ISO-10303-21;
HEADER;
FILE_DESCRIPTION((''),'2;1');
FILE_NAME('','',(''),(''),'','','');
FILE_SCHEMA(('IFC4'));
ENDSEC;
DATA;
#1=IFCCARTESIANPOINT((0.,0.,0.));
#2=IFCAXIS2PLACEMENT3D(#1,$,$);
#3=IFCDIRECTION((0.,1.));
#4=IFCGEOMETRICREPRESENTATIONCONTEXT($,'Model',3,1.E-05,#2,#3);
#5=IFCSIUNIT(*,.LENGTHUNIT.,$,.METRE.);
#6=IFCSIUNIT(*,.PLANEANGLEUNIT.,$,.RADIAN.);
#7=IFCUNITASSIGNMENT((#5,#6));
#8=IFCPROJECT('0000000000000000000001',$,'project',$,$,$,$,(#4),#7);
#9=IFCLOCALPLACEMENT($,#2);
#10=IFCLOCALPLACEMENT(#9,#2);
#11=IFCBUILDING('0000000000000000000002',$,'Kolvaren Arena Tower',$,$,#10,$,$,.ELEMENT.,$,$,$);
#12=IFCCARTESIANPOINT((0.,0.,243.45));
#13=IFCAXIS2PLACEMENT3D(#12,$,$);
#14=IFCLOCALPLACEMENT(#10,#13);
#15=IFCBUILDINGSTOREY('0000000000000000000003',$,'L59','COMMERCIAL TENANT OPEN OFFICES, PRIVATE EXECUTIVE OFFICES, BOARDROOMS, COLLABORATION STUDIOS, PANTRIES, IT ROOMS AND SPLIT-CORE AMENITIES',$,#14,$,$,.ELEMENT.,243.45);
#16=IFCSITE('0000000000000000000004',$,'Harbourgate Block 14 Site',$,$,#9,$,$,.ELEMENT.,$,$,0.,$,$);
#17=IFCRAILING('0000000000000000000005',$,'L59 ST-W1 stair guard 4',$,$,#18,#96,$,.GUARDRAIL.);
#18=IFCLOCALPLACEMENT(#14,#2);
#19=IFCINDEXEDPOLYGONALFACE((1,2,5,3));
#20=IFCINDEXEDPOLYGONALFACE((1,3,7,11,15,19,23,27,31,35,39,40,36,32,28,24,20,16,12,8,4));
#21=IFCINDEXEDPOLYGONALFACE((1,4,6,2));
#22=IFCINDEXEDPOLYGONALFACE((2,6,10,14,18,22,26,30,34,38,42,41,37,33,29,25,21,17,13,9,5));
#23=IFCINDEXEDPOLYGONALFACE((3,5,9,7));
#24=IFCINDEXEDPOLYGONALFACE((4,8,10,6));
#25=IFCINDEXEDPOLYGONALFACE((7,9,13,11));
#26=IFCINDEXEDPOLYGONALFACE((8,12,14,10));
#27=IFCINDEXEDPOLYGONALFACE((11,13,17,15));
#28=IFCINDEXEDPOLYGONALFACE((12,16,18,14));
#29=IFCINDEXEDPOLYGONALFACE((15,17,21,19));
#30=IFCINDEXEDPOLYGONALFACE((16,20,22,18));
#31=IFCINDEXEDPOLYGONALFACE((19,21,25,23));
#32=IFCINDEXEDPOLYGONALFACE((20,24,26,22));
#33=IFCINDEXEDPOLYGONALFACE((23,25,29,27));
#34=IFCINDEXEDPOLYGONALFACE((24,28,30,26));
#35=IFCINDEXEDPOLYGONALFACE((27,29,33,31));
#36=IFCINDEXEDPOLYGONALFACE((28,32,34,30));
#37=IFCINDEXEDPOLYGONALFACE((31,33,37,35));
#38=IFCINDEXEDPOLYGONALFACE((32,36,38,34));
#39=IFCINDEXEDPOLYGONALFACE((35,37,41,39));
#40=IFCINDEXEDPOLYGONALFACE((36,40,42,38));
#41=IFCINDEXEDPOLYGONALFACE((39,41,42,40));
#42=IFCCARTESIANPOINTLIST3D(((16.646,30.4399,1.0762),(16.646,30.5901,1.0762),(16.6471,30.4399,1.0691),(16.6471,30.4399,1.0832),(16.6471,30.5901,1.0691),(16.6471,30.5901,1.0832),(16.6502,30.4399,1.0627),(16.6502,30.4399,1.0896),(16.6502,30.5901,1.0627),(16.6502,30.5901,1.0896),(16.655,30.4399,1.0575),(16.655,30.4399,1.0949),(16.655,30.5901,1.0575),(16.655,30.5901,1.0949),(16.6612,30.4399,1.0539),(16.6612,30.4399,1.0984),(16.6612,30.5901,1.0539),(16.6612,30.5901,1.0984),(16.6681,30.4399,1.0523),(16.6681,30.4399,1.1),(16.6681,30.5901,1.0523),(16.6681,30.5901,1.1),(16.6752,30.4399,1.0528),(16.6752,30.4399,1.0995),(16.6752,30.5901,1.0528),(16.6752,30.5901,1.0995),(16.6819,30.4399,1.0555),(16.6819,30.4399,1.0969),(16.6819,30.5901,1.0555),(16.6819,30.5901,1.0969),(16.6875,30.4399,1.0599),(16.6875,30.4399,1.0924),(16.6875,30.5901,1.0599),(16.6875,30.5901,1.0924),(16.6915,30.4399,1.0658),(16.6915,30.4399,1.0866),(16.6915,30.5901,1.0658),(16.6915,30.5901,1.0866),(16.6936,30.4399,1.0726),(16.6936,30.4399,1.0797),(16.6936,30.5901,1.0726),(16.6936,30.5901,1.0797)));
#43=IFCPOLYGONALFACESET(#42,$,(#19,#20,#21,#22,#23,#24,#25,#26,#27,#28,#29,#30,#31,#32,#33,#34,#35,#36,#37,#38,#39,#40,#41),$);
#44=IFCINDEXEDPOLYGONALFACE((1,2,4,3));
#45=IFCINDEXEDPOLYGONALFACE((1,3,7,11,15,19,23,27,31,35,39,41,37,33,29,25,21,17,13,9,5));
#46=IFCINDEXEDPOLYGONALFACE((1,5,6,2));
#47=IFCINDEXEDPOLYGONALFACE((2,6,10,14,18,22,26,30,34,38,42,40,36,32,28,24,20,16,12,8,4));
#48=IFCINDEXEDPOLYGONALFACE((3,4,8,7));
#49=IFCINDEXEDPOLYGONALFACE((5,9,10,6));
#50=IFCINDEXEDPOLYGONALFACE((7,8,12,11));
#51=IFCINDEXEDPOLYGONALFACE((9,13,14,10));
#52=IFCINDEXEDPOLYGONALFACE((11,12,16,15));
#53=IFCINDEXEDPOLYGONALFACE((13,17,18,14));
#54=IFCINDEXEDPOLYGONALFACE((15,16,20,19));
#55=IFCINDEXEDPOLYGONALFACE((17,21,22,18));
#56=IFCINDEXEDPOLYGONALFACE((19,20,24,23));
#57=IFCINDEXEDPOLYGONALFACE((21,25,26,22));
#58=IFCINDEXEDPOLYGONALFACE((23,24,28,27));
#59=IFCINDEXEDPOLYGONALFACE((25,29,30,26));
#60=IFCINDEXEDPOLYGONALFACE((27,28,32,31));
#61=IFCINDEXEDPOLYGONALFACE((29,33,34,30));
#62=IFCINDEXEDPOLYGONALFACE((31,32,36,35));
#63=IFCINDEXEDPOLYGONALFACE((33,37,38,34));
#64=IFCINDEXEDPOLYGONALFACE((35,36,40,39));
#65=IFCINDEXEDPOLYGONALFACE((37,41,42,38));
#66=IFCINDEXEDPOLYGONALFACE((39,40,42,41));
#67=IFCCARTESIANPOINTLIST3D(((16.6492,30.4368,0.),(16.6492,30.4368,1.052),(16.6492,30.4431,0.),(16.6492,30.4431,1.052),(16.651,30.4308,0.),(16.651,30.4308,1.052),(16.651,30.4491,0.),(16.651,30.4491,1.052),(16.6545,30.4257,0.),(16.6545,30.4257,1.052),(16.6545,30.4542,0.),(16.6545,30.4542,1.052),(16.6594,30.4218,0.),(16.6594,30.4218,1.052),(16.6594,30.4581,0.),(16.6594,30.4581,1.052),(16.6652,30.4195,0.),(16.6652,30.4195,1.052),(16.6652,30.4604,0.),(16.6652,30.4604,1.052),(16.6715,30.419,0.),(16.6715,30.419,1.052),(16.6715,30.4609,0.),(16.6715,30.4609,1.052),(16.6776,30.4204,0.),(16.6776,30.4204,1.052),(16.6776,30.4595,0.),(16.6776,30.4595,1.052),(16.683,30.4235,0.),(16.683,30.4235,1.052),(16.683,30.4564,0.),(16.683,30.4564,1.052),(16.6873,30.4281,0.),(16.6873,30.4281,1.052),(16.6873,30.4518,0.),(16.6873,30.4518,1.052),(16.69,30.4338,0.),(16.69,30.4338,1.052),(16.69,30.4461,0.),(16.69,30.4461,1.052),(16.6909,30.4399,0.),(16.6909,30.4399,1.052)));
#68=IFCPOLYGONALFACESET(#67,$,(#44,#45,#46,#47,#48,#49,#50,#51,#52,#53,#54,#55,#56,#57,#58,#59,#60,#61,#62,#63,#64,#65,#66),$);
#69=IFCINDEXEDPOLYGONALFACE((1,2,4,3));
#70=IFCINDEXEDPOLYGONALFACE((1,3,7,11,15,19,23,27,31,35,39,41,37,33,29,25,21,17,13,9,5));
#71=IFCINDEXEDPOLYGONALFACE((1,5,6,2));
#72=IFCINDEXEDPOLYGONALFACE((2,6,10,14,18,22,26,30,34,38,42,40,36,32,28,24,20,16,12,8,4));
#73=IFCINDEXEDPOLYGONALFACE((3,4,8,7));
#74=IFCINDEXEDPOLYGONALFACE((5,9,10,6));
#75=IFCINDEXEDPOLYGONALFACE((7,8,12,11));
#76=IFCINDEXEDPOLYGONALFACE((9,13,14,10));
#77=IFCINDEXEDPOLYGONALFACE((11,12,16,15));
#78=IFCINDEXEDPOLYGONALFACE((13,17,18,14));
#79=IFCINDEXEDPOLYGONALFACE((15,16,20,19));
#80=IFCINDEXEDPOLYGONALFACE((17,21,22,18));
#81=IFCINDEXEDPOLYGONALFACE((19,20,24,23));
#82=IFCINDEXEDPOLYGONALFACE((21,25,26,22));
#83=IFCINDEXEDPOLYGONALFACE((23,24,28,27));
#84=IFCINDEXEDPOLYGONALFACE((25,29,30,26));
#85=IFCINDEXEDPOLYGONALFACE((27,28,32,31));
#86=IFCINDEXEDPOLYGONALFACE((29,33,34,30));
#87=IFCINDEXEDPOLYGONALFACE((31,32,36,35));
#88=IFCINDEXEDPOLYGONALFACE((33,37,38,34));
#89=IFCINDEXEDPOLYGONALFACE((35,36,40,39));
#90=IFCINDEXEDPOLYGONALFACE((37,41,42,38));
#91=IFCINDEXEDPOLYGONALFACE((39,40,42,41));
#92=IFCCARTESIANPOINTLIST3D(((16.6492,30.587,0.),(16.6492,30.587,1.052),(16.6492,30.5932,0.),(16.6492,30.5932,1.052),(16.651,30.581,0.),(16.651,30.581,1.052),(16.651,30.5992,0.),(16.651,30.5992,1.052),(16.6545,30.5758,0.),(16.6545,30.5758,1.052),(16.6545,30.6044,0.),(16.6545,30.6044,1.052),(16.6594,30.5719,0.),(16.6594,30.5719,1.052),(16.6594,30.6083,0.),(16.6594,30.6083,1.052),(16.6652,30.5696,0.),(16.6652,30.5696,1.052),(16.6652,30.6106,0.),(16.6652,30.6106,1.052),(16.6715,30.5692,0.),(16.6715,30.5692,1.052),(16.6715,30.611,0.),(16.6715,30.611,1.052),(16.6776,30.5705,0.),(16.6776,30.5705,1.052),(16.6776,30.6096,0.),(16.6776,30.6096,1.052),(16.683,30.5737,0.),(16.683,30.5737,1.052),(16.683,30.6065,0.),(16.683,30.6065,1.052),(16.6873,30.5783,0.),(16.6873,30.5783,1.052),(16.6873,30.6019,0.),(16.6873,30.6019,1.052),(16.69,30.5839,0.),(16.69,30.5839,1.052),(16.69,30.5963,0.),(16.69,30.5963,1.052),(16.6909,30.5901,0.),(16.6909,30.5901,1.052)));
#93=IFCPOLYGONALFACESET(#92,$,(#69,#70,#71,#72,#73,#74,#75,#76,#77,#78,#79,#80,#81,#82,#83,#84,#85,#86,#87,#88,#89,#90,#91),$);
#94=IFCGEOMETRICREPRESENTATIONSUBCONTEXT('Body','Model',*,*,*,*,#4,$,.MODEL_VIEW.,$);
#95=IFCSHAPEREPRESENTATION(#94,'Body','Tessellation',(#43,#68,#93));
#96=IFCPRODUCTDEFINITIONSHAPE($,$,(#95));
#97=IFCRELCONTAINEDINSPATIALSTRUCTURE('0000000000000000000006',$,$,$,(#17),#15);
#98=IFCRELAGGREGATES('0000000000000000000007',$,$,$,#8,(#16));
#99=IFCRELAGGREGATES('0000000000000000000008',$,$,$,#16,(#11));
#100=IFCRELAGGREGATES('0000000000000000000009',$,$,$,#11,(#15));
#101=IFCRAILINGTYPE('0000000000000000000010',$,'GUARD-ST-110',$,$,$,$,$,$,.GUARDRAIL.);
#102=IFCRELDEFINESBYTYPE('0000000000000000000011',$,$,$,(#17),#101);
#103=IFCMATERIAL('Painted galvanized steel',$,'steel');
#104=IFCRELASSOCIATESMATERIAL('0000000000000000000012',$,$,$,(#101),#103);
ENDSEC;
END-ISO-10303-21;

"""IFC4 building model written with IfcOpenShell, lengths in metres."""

from ifc_helpers import new_model, si_unit, direction, frame, origin, origin_2d, place, context, subcontext, project, spatial, circle, extrude, material, type_object, element, save


model = new_model("IFC4")

# Units and contexts
model_context = context("Model", 3, precision=1e-05, world=origin(), true_north=direction((0.0, 1.0)))
body_context = subcontext(model_context, "Body", "Model", "MODEL_VIEW")
ifc_project = project(units=[si_unit("LENGTHUNIT", "METRE"), si_unit("PLANEANGLEUNIT", "RADIAN")], contexts=[model_context])

# Site, building, storey
site_placement = place(None, origin())
site = spatial("IfcSite", under=ifc_project, at=site_placement, Name="Harbourgate Block 14 Site", CompositionType="ELEMENT", RefElevation=0.0)
building_placement = place(site_placement, origin())
building = spatial("IfcBuilding", under=site, at=building_placement, Name="Kolvaren Arena Tower", CompositionType="ELEMENT")
storey_placement = place(building_placement, frame((0.0, 0.0, 243.45)))
storey = spatial("IfcBuildingStorey", under=building, at=storey_placement, Name="L59", Description="COMMERCIAL TENANT OPEN OFFICES, PRIVATE EXECUTIVE OFFICES, BOARDROOMS, COLLABORATION STUDIOS, PANTRIES, IT ROOMS AND SPLIT-CORE AMENITIES", CompositionType="ELEMENT", Elevation=243.45)

# Railing
ifc_material_1 = material(Name="Painted galvanized steel", Category="steel")
railing_type_1 = type_object("IfcRailingType", Name="GUARD-ST-110", PredefinedType="GUARDRAIL", material=ifc_material_1)
railing_1_placement = place(storey_placement, frame((16.6699, 30.4399, 0.0)))
element("IfcRailing", 1, at=railing_1_placement, inside=storey, type_object=railing_type_1, Name="L59 ST-W1 stair guard 4", PredefinedType="GUARDRAIL", context=body_context, shape_type="SweptSolid", body=[
    extrude(circle(Radius=0.0239, at=origin_2d()), frame((0.0, 0.0, 1.0762), z_axis=(0.0, 1.0, 0.0), x_axis=(-1.0, 0.0, 0.0)), (0.0, 0.0, 1.0), 0.1501),
    extrude(circle(Radius=0.021, at=origin_2d()), origin(), (0.0, 0.0, 1.0), 1.052),
    extrude(circle(Radius=0.021, at=origin_2d()), frame((0.0, 0.1501, 0.0)), (0.0, 0.0, 1.0), 1.052),
])

save(model, "model.ifc")
